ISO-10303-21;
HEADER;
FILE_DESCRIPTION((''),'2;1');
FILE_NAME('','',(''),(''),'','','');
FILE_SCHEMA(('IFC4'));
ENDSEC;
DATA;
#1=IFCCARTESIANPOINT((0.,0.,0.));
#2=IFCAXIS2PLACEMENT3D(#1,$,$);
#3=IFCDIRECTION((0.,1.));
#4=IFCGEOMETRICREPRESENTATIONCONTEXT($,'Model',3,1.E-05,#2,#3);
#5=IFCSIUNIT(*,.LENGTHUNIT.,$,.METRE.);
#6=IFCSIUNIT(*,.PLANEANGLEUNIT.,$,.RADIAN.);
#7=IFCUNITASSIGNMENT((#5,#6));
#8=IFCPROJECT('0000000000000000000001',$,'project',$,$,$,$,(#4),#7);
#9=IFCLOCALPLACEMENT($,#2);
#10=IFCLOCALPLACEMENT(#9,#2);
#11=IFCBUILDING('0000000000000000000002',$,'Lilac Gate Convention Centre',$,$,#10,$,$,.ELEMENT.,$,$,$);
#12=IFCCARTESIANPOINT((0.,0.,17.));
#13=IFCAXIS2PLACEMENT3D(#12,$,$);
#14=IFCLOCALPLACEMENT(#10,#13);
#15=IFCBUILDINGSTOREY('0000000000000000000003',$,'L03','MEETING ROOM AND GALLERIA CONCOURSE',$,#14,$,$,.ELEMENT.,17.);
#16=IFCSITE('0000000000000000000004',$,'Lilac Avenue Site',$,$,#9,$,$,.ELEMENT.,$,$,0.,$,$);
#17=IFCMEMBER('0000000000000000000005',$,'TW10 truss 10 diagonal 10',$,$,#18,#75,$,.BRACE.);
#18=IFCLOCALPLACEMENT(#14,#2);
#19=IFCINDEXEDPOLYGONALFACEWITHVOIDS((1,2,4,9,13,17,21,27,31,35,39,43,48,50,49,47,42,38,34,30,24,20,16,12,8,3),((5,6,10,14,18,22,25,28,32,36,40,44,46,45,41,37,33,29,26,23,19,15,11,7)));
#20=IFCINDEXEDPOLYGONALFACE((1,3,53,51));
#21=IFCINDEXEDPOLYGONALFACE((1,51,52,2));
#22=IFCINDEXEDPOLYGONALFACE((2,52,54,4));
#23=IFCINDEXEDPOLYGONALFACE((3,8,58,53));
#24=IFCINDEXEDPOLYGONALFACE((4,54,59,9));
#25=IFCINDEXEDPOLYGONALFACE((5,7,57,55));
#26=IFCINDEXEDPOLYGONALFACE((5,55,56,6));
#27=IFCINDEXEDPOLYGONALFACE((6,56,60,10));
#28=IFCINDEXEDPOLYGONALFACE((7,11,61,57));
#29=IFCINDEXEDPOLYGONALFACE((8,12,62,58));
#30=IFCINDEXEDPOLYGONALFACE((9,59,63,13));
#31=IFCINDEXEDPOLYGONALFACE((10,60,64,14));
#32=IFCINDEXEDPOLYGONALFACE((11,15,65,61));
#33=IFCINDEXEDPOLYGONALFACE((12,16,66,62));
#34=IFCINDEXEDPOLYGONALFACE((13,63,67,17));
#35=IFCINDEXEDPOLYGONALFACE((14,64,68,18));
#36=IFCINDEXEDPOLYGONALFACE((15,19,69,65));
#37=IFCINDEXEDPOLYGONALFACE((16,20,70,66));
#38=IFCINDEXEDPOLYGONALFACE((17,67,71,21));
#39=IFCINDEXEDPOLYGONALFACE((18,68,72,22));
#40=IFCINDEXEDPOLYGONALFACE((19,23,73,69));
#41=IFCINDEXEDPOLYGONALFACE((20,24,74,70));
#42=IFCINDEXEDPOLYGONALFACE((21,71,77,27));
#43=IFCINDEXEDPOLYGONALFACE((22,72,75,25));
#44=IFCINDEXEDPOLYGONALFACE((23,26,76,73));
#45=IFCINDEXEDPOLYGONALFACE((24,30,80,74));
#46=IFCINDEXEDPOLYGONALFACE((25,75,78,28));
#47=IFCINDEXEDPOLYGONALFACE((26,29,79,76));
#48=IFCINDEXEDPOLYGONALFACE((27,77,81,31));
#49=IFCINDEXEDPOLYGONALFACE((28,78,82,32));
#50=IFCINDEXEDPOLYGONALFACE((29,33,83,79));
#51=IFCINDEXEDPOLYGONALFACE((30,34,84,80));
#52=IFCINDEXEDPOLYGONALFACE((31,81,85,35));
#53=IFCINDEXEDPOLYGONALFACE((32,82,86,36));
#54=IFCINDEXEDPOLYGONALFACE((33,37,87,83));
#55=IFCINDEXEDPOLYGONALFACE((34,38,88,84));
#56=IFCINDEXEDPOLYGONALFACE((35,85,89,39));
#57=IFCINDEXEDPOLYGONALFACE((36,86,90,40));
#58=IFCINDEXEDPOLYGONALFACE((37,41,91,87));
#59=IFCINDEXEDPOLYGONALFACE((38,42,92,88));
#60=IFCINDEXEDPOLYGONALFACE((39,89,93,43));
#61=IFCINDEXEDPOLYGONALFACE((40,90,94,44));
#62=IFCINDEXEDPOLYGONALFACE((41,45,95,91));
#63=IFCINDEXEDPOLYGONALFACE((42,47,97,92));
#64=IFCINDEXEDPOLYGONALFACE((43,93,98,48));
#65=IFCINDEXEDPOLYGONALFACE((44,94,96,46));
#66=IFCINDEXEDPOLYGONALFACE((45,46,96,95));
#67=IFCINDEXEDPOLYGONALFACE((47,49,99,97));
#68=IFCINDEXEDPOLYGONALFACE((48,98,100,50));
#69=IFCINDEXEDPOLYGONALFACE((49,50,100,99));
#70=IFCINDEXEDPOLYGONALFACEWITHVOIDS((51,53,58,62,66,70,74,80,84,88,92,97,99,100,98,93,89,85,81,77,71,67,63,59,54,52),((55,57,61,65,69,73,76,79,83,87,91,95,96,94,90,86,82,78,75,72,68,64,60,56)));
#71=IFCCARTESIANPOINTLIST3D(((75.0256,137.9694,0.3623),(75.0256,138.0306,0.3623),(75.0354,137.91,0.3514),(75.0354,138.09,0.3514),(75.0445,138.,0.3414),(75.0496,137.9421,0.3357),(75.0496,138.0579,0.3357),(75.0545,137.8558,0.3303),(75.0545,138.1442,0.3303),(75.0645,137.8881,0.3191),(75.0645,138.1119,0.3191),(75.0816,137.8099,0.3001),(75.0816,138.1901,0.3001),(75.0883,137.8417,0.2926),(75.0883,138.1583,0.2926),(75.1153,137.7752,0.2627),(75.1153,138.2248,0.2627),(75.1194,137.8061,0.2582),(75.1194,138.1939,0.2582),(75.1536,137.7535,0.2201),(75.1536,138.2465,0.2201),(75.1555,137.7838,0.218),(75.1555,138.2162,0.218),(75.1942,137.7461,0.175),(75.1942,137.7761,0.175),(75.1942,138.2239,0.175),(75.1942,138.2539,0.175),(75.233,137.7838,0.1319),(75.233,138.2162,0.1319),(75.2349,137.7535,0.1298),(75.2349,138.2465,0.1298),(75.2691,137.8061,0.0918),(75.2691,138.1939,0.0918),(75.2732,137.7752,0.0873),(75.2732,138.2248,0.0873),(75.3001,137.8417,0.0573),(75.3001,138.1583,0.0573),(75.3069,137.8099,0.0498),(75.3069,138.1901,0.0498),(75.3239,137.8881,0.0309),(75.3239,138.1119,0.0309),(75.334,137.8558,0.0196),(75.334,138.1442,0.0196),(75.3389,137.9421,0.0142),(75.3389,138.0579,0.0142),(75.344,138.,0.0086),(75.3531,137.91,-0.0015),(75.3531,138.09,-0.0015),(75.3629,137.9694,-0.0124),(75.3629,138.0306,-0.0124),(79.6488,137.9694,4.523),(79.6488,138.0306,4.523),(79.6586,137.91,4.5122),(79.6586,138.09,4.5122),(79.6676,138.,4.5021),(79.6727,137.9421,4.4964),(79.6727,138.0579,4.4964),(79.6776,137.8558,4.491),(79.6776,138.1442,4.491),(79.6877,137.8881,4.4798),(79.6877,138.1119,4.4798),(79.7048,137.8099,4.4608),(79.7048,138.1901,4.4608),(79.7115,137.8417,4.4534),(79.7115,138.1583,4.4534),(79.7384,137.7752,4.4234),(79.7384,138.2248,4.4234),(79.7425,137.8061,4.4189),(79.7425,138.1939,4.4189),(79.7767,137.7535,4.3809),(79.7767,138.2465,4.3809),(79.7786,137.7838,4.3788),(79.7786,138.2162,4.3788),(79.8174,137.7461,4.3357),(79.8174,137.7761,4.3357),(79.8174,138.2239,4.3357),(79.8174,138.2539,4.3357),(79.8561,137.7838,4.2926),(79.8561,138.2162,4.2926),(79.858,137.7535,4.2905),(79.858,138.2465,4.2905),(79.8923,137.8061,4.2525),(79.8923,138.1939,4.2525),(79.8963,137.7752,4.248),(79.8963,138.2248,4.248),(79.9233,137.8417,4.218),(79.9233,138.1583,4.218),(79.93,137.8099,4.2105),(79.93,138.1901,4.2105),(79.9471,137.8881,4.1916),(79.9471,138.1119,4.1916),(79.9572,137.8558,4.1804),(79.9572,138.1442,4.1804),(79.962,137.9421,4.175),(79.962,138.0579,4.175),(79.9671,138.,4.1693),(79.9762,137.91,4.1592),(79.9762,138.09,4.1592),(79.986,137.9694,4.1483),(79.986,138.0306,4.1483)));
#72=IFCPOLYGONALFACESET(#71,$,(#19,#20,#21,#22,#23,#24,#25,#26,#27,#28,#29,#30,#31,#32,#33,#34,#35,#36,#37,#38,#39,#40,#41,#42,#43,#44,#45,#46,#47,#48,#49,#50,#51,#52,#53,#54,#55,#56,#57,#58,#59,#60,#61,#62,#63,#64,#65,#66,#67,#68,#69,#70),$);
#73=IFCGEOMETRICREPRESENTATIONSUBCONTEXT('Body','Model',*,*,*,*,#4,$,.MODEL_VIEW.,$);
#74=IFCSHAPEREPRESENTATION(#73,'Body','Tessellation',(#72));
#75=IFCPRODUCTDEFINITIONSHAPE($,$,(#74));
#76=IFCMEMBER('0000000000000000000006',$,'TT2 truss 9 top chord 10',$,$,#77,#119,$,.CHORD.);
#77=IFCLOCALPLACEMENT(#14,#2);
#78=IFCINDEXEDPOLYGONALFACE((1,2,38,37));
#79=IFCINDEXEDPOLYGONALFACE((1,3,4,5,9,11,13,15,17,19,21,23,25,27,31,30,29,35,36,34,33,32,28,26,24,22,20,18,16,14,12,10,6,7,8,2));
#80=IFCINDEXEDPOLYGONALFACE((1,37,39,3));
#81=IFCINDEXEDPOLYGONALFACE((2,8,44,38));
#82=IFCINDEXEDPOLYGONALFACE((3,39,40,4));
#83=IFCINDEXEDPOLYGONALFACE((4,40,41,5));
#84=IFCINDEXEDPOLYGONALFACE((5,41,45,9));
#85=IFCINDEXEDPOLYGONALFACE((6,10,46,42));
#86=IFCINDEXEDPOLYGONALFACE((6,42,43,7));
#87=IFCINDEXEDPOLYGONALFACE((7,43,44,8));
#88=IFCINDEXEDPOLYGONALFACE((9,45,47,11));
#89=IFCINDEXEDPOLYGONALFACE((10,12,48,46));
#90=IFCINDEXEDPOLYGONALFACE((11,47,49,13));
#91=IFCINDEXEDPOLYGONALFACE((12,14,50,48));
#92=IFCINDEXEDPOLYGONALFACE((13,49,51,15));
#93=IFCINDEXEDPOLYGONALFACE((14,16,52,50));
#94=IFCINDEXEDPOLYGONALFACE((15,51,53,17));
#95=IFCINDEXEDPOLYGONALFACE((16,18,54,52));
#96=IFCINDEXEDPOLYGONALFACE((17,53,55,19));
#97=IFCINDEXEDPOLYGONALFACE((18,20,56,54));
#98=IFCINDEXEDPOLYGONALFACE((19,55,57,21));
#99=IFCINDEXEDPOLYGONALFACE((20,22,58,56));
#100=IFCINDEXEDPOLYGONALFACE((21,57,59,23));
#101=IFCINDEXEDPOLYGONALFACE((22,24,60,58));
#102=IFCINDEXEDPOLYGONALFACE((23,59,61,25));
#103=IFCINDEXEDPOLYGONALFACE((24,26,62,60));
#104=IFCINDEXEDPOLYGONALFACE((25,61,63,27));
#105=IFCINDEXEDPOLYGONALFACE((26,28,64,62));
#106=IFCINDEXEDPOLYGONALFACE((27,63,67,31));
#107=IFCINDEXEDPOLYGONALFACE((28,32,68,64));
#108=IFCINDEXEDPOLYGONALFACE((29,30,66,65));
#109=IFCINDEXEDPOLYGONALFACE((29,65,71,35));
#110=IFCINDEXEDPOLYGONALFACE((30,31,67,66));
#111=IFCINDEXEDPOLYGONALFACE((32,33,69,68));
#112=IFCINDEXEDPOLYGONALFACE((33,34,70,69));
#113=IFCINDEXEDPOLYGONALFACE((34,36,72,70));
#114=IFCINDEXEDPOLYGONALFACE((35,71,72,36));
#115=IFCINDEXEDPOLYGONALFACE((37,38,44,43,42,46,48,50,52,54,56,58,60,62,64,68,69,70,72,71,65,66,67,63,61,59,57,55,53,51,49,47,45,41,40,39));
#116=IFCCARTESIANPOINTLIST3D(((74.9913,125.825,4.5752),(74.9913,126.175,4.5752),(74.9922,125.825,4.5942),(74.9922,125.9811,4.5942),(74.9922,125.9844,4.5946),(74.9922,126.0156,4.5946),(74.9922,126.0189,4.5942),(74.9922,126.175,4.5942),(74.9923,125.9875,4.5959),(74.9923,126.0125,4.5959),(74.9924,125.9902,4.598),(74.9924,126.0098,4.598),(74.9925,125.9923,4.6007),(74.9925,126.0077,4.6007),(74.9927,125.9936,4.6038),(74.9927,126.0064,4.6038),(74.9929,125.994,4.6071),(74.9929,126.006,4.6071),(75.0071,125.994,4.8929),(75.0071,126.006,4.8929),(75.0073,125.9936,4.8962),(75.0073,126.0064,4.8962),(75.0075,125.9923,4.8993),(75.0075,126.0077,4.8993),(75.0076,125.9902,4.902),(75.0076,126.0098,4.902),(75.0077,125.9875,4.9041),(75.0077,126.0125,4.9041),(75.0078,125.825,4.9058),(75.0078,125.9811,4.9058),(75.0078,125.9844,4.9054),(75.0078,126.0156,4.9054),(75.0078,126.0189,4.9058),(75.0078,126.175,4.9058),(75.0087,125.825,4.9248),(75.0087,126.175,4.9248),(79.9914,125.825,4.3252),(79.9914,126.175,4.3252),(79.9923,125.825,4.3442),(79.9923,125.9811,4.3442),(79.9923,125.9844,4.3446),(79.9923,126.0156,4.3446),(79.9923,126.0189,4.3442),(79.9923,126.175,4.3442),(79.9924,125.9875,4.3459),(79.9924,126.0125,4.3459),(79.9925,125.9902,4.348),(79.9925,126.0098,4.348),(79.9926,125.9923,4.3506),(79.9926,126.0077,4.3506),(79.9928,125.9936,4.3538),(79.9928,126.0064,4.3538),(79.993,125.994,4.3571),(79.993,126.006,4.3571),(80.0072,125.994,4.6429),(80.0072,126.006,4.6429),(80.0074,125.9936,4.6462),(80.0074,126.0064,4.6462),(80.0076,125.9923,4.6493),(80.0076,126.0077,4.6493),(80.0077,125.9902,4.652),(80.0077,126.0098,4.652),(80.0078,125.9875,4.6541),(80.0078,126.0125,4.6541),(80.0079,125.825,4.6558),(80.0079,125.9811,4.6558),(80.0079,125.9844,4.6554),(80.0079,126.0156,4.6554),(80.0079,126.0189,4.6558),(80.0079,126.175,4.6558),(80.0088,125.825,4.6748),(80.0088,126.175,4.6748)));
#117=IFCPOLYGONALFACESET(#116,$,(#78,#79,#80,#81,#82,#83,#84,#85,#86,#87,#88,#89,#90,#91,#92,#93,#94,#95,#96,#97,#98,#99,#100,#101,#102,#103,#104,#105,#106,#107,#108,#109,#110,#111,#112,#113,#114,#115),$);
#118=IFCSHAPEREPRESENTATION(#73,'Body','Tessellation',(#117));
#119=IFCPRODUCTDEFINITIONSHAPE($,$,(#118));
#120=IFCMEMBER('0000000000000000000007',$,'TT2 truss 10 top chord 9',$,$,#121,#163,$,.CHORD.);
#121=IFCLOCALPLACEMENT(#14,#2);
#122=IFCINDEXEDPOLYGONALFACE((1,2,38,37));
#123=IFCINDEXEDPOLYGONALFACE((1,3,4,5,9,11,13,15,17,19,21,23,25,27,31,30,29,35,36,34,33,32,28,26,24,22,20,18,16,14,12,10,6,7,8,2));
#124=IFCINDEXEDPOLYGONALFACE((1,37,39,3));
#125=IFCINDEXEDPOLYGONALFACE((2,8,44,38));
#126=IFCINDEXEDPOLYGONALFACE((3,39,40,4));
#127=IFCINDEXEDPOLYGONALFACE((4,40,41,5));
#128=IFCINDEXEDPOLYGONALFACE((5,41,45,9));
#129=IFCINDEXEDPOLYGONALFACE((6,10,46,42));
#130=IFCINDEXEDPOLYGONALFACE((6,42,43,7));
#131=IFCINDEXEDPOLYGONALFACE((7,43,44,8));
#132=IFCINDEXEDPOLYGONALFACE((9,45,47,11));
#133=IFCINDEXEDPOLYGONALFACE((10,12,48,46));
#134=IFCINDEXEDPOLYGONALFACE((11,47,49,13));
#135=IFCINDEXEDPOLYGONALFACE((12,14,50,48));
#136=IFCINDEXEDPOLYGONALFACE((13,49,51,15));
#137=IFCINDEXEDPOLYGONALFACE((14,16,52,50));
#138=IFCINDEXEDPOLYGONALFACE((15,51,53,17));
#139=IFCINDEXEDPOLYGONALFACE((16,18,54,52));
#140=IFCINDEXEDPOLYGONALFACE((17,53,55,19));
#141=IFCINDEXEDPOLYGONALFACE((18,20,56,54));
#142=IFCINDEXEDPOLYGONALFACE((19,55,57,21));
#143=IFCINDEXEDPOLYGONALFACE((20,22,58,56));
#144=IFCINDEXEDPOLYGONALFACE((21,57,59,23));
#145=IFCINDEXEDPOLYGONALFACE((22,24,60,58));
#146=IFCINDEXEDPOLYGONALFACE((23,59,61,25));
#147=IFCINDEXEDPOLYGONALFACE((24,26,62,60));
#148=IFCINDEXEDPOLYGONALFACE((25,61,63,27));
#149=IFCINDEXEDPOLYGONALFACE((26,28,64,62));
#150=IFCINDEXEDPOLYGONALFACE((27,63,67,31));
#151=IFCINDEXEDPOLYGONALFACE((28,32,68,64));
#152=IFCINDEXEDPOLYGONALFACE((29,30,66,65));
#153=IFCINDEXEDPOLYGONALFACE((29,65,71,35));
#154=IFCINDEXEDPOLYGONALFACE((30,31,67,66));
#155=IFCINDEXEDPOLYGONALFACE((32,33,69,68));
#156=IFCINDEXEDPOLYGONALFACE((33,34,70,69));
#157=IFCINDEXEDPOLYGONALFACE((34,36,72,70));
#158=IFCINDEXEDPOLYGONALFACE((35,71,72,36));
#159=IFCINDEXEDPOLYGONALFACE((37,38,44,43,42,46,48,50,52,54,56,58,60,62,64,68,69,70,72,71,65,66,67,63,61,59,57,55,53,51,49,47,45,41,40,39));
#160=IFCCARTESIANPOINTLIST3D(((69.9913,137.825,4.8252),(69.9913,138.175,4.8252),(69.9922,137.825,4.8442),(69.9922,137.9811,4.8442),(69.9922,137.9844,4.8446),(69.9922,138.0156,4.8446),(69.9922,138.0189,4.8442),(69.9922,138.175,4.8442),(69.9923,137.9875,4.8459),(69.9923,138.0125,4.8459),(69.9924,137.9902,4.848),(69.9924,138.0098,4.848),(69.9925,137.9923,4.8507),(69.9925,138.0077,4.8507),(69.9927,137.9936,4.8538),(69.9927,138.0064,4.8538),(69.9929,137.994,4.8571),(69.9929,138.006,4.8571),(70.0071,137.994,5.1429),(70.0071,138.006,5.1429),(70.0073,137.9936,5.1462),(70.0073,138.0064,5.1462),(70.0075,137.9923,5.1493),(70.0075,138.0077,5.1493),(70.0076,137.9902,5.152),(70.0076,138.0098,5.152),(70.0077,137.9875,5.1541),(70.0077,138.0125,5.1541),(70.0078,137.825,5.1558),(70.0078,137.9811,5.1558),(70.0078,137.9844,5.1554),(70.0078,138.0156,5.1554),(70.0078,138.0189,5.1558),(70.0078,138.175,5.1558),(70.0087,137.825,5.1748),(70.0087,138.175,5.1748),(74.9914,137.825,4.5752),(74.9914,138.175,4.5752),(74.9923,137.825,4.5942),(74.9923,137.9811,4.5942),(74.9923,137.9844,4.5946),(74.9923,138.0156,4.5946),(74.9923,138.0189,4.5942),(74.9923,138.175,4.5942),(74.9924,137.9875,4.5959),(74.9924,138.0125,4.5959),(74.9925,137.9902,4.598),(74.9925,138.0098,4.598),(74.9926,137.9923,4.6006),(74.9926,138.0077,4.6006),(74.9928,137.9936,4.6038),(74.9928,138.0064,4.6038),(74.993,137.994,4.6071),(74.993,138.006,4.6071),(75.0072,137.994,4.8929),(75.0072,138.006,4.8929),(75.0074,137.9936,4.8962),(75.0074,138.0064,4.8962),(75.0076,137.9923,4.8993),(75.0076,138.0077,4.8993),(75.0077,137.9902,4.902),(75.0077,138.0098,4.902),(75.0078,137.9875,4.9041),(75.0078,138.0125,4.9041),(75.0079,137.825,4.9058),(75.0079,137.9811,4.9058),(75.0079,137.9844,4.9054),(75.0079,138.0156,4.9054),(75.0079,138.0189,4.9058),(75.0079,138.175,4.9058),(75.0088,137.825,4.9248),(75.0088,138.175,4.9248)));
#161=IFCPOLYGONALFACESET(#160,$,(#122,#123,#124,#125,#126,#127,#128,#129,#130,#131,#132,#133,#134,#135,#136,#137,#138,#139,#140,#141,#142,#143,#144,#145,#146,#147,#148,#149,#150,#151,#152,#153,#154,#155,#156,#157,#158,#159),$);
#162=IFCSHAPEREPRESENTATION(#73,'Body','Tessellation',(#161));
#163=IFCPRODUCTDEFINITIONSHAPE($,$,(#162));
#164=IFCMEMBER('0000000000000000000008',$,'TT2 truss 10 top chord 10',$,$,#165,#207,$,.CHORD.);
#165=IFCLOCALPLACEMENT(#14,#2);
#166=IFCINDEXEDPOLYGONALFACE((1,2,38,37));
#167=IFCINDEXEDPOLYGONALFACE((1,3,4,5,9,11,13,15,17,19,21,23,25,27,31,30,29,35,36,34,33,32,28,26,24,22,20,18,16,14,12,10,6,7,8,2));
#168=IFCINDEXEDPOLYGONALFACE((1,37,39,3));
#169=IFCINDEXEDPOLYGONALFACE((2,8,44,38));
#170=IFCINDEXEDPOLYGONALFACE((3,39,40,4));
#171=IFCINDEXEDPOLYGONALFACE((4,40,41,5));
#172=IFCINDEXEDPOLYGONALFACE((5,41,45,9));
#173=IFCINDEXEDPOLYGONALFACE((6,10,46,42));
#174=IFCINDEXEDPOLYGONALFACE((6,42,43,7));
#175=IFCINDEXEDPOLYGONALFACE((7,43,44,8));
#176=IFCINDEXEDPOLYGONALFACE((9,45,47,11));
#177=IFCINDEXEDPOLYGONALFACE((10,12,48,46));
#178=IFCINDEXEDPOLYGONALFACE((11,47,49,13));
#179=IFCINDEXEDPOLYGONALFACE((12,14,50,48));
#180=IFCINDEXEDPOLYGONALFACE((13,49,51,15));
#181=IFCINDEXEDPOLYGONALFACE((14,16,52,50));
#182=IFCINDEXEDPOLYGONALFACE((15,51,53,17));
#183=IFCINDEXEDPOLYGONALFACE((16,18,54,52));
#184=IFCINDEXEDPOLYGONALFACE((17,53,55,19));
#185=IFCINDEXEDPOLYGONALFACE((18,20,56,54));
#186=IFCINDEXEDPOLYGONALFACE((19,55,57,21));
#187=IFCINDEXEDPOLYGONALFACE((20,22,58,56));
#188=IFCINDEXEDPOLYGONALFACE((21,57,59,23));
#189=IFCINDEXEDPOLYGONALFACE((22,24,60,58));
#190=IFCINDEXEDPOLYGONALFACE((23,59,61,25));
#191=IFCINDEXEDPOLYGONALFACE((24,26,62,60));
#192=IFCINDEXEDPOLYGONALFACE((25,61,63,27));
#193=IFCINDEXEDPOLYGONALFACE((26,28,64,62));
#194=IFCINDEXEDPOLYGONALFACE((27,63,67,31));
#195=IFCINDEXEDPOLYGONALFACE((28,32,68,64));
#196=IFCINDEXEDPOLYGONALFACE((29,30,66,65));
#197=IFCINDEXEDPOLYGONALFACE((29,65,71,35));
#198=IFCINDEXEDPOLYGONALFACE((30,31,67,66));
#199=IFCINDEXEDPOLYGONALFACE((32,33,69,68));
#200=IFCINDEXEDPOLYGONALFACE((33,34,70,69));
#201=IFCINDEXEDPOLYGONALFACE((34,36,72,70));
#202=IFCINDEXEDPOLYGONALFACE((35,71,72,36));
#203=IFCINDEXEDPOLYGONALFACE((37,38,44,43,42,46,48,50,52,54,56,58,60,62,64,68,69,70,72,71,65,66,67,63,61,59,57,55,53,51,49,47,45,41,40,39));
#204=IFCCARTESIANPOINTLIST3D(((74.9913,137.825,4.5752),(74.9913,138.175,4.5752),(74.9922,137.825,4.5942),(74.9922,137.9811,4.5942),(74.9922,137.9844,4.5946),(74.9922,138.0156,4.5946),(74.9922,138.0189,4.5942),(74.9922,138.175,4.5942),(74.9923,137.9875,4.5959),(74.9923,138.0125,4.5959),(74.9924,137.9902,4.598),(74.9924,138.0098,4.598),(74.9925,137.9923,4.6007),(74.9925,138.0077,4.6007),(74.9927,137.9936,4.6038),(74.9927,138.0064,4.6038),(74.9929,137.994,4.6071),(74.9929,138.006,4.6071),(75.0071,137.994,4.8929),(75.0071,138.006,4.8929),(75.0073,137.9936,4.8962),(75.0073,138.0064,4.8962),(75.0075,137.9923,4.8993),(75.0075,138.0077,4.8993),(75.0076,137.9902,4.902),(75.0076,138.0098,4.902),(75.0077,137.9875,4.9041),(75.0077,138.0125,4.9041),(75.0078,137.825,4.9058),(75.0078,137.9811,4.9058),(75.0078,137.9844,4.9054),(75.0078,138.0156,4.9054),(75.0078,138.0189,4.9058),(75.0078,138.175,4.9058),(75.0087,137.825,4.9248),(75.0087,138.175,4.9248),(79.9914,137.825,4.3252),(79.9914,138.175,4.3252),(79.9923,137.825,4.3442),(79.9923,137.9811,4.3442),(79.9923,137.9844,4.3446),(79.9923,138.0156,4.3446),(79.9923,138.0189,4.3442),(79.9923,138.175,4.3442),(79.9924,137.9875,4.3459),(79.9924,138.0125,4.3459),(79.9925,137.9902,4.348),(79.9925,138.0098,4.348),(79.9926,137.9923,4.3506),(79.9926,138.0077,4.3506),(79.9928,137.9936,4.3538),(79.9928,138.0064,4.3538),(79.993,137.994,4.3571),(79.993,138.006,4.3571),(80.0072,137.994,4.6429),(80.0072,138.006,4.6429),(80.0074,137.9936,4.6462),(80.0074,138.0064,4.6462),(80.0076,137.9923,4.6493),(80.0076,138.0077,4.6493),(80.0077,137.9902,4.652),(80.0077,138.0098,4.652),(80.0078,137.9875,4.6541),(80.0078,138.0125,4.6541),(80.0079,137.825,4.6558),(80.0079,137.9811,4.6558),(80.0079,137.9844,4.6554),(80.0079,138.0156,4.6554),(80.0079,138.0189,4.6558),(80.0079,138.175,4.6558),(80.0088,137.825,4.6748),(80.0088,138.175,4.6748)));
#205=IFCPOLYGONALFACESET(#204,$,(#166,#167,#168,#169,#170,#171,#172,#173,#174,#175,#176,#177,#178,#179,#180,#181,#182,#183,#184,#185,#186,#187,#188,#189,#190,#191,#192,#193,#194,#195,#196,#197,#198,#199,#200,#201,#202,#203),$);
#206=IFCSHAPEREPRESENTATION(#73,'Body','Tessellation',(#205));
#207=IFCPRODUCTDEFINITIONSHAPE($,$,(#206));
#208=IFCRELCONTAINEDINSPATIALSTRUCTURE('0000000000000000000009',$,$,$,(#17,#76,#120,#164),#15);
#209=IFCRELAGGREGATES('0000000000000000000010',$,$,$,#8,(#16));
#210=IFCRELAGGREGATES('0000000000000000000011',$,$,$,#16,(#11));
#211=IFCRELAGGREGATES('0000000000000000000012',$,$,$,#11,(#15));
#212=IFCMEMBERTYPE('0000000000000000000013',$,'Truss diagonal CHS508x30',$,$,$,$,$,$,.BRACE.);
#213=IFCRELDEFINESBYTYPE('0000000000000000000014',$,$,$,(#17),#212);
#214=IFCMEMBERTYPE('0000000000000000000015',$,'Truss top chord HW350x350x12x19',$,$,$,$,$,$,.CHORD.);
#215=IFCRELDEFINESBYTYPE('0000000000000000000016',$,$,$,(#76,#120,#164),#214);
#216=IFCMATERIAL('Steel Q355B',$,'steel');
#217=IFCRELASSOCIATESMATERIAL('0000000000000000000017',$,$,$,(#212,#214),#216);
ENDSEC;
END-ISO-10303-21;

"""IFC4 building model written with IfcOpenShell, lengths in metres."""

from ifc_helpers import new_model, si_unit, direction, frame, origin, origin_2d, place, context, subcontext, project, spatial, hollow_circle, i_section, extrude, material, material_profile, profile_set, type_object, element, save


model = new_model("IFC4")

# Units and contexts
model_context = context("Model", 3, precision=1e-05, world=origin(), true_north=direction((0.0, 1.0)))
body_context = subcontext(model_context, "Body", "Model", "MODEL_VIEW")
ifc_project = project(units=[si_unit("LENGTHUNIT", "METRE"), si_unit("PLANEANGLEUNIT", "RADIAN")], contexts=[model_context])

# Site, building, storey
site_placement = place(None, origin())
site = spatial("IfcSite", under=ifc_project, at=site_placement, Name="Lilac Avenue Site", CompositionType="ELEMENT", RefElevation=0.0)
building_placement = place(site_placement, origin())
building = spatial("IfcBuilding", under=site, at=building_placement, Name="Lilac Gate Convention Centre", CompositionType="ELEMENT")
storey_placement = place(building_placement, frame((0.0, 0.0, 17.0)))
storey = spatial("IfcBuildingStorey", under=building, at=storey_placement, Name="L03", Description="MEETING ROOM AND GALLERIA CONCOURSE", CompositionType="ELEMENT", Elevation=17.0)

# Members
ifc_material = material(Name="Steel Q355B", Category="steel")
ifc_material_profile_1 = material_profile(ifc_material, hollow_circle(Radius=0.2539, WallThickness=0.03, at=origin_2d()), Name="CHS508x30")
ifc_profile_set_1 = profile_set([ifc_material_profile_1], Name="Steel Q355B")
member_type_1 = type_object("IfcMemberType", Name="Truss diagonal CHS508x30", PredefinedType="BRACE", material=ifc_profile_set_1)
member_1_placement = place(storey_placement, frame((79.8174, 138.0, 4.3357), z_axis=(-0.743302, 0.0, -0.668956), x_axis=(0.0, -1.0, 0.0)))
element("IfcMember", 1, at=member_1_placement, inside=storey, type_object=member_type_1, Name="TW10 truss 10 diagonal 10", PredefinedType="BRACE", context=body_context, shape_type="SweptSolid", body=[
    extrude(hollow_circle(Radius=0.2539, WallThickness=0.03, at=origin_2d()), origin(), (0.0, 0.0, 1.0), 6.2197),
])
ifc_material_profile_2 = material_profile(ifc_material, i_section(OverallWidth=0.3501, OverallDepth=0.3501, WebThickness=0.012, FlangeThickness=0.019, FilletRadius=0.0129, at=origin_2d()), Name="HW350x350x12x19")
ifc_profile_set_2 = profile_set([ifc_material_profile_2], Name="Steel Q355B")
member_type_2 = type_object("IfcMemberType", Name="Truss top chord HW350x350x12x19", PredefinedType="CHORD", material=ifc_profile_set_2)
for number, where, z_axis, x_axis, name in (
    (2, (75.0, 126.0, 4.75), (0.998752, 0.0, -0.049938), (0.0, 1.0, 0.0), "TT2 truss 9 top chord 10"),
    (3, (70.0, 138.0, 5.0), (0.998752, 0.0, -0.049938), (0.0, 1.0, 0.0), "TT2 truss 10 top chord 9"),
    (4, (75.0, 138.0, 4.75), (0.998752, 0.0, -0.049938), (0.0, 1.0, 0.0), "TT2 truss 10 top chord 10"),
):
    element("IfcMember", number, at=place(storey_placement, frame(where, z_axis=z_axis, x_axis=x_axis)), inside=storey, type_object=member_type_2, Name=name, PredefinedType="CHORD", context=body_context, shape_type="SweptSolid", body=[
        extrude(i_section(OverallWidth=0.3501, OverallDepth=0.3501, WebThickness=0.012, FlangeThickness=0.019, FilletRadius=0.0129, at=origin_2d()), origin(), (0.0, 0.0, 1.0), 5.0063),
    ])

save(model, "model.ifc")
